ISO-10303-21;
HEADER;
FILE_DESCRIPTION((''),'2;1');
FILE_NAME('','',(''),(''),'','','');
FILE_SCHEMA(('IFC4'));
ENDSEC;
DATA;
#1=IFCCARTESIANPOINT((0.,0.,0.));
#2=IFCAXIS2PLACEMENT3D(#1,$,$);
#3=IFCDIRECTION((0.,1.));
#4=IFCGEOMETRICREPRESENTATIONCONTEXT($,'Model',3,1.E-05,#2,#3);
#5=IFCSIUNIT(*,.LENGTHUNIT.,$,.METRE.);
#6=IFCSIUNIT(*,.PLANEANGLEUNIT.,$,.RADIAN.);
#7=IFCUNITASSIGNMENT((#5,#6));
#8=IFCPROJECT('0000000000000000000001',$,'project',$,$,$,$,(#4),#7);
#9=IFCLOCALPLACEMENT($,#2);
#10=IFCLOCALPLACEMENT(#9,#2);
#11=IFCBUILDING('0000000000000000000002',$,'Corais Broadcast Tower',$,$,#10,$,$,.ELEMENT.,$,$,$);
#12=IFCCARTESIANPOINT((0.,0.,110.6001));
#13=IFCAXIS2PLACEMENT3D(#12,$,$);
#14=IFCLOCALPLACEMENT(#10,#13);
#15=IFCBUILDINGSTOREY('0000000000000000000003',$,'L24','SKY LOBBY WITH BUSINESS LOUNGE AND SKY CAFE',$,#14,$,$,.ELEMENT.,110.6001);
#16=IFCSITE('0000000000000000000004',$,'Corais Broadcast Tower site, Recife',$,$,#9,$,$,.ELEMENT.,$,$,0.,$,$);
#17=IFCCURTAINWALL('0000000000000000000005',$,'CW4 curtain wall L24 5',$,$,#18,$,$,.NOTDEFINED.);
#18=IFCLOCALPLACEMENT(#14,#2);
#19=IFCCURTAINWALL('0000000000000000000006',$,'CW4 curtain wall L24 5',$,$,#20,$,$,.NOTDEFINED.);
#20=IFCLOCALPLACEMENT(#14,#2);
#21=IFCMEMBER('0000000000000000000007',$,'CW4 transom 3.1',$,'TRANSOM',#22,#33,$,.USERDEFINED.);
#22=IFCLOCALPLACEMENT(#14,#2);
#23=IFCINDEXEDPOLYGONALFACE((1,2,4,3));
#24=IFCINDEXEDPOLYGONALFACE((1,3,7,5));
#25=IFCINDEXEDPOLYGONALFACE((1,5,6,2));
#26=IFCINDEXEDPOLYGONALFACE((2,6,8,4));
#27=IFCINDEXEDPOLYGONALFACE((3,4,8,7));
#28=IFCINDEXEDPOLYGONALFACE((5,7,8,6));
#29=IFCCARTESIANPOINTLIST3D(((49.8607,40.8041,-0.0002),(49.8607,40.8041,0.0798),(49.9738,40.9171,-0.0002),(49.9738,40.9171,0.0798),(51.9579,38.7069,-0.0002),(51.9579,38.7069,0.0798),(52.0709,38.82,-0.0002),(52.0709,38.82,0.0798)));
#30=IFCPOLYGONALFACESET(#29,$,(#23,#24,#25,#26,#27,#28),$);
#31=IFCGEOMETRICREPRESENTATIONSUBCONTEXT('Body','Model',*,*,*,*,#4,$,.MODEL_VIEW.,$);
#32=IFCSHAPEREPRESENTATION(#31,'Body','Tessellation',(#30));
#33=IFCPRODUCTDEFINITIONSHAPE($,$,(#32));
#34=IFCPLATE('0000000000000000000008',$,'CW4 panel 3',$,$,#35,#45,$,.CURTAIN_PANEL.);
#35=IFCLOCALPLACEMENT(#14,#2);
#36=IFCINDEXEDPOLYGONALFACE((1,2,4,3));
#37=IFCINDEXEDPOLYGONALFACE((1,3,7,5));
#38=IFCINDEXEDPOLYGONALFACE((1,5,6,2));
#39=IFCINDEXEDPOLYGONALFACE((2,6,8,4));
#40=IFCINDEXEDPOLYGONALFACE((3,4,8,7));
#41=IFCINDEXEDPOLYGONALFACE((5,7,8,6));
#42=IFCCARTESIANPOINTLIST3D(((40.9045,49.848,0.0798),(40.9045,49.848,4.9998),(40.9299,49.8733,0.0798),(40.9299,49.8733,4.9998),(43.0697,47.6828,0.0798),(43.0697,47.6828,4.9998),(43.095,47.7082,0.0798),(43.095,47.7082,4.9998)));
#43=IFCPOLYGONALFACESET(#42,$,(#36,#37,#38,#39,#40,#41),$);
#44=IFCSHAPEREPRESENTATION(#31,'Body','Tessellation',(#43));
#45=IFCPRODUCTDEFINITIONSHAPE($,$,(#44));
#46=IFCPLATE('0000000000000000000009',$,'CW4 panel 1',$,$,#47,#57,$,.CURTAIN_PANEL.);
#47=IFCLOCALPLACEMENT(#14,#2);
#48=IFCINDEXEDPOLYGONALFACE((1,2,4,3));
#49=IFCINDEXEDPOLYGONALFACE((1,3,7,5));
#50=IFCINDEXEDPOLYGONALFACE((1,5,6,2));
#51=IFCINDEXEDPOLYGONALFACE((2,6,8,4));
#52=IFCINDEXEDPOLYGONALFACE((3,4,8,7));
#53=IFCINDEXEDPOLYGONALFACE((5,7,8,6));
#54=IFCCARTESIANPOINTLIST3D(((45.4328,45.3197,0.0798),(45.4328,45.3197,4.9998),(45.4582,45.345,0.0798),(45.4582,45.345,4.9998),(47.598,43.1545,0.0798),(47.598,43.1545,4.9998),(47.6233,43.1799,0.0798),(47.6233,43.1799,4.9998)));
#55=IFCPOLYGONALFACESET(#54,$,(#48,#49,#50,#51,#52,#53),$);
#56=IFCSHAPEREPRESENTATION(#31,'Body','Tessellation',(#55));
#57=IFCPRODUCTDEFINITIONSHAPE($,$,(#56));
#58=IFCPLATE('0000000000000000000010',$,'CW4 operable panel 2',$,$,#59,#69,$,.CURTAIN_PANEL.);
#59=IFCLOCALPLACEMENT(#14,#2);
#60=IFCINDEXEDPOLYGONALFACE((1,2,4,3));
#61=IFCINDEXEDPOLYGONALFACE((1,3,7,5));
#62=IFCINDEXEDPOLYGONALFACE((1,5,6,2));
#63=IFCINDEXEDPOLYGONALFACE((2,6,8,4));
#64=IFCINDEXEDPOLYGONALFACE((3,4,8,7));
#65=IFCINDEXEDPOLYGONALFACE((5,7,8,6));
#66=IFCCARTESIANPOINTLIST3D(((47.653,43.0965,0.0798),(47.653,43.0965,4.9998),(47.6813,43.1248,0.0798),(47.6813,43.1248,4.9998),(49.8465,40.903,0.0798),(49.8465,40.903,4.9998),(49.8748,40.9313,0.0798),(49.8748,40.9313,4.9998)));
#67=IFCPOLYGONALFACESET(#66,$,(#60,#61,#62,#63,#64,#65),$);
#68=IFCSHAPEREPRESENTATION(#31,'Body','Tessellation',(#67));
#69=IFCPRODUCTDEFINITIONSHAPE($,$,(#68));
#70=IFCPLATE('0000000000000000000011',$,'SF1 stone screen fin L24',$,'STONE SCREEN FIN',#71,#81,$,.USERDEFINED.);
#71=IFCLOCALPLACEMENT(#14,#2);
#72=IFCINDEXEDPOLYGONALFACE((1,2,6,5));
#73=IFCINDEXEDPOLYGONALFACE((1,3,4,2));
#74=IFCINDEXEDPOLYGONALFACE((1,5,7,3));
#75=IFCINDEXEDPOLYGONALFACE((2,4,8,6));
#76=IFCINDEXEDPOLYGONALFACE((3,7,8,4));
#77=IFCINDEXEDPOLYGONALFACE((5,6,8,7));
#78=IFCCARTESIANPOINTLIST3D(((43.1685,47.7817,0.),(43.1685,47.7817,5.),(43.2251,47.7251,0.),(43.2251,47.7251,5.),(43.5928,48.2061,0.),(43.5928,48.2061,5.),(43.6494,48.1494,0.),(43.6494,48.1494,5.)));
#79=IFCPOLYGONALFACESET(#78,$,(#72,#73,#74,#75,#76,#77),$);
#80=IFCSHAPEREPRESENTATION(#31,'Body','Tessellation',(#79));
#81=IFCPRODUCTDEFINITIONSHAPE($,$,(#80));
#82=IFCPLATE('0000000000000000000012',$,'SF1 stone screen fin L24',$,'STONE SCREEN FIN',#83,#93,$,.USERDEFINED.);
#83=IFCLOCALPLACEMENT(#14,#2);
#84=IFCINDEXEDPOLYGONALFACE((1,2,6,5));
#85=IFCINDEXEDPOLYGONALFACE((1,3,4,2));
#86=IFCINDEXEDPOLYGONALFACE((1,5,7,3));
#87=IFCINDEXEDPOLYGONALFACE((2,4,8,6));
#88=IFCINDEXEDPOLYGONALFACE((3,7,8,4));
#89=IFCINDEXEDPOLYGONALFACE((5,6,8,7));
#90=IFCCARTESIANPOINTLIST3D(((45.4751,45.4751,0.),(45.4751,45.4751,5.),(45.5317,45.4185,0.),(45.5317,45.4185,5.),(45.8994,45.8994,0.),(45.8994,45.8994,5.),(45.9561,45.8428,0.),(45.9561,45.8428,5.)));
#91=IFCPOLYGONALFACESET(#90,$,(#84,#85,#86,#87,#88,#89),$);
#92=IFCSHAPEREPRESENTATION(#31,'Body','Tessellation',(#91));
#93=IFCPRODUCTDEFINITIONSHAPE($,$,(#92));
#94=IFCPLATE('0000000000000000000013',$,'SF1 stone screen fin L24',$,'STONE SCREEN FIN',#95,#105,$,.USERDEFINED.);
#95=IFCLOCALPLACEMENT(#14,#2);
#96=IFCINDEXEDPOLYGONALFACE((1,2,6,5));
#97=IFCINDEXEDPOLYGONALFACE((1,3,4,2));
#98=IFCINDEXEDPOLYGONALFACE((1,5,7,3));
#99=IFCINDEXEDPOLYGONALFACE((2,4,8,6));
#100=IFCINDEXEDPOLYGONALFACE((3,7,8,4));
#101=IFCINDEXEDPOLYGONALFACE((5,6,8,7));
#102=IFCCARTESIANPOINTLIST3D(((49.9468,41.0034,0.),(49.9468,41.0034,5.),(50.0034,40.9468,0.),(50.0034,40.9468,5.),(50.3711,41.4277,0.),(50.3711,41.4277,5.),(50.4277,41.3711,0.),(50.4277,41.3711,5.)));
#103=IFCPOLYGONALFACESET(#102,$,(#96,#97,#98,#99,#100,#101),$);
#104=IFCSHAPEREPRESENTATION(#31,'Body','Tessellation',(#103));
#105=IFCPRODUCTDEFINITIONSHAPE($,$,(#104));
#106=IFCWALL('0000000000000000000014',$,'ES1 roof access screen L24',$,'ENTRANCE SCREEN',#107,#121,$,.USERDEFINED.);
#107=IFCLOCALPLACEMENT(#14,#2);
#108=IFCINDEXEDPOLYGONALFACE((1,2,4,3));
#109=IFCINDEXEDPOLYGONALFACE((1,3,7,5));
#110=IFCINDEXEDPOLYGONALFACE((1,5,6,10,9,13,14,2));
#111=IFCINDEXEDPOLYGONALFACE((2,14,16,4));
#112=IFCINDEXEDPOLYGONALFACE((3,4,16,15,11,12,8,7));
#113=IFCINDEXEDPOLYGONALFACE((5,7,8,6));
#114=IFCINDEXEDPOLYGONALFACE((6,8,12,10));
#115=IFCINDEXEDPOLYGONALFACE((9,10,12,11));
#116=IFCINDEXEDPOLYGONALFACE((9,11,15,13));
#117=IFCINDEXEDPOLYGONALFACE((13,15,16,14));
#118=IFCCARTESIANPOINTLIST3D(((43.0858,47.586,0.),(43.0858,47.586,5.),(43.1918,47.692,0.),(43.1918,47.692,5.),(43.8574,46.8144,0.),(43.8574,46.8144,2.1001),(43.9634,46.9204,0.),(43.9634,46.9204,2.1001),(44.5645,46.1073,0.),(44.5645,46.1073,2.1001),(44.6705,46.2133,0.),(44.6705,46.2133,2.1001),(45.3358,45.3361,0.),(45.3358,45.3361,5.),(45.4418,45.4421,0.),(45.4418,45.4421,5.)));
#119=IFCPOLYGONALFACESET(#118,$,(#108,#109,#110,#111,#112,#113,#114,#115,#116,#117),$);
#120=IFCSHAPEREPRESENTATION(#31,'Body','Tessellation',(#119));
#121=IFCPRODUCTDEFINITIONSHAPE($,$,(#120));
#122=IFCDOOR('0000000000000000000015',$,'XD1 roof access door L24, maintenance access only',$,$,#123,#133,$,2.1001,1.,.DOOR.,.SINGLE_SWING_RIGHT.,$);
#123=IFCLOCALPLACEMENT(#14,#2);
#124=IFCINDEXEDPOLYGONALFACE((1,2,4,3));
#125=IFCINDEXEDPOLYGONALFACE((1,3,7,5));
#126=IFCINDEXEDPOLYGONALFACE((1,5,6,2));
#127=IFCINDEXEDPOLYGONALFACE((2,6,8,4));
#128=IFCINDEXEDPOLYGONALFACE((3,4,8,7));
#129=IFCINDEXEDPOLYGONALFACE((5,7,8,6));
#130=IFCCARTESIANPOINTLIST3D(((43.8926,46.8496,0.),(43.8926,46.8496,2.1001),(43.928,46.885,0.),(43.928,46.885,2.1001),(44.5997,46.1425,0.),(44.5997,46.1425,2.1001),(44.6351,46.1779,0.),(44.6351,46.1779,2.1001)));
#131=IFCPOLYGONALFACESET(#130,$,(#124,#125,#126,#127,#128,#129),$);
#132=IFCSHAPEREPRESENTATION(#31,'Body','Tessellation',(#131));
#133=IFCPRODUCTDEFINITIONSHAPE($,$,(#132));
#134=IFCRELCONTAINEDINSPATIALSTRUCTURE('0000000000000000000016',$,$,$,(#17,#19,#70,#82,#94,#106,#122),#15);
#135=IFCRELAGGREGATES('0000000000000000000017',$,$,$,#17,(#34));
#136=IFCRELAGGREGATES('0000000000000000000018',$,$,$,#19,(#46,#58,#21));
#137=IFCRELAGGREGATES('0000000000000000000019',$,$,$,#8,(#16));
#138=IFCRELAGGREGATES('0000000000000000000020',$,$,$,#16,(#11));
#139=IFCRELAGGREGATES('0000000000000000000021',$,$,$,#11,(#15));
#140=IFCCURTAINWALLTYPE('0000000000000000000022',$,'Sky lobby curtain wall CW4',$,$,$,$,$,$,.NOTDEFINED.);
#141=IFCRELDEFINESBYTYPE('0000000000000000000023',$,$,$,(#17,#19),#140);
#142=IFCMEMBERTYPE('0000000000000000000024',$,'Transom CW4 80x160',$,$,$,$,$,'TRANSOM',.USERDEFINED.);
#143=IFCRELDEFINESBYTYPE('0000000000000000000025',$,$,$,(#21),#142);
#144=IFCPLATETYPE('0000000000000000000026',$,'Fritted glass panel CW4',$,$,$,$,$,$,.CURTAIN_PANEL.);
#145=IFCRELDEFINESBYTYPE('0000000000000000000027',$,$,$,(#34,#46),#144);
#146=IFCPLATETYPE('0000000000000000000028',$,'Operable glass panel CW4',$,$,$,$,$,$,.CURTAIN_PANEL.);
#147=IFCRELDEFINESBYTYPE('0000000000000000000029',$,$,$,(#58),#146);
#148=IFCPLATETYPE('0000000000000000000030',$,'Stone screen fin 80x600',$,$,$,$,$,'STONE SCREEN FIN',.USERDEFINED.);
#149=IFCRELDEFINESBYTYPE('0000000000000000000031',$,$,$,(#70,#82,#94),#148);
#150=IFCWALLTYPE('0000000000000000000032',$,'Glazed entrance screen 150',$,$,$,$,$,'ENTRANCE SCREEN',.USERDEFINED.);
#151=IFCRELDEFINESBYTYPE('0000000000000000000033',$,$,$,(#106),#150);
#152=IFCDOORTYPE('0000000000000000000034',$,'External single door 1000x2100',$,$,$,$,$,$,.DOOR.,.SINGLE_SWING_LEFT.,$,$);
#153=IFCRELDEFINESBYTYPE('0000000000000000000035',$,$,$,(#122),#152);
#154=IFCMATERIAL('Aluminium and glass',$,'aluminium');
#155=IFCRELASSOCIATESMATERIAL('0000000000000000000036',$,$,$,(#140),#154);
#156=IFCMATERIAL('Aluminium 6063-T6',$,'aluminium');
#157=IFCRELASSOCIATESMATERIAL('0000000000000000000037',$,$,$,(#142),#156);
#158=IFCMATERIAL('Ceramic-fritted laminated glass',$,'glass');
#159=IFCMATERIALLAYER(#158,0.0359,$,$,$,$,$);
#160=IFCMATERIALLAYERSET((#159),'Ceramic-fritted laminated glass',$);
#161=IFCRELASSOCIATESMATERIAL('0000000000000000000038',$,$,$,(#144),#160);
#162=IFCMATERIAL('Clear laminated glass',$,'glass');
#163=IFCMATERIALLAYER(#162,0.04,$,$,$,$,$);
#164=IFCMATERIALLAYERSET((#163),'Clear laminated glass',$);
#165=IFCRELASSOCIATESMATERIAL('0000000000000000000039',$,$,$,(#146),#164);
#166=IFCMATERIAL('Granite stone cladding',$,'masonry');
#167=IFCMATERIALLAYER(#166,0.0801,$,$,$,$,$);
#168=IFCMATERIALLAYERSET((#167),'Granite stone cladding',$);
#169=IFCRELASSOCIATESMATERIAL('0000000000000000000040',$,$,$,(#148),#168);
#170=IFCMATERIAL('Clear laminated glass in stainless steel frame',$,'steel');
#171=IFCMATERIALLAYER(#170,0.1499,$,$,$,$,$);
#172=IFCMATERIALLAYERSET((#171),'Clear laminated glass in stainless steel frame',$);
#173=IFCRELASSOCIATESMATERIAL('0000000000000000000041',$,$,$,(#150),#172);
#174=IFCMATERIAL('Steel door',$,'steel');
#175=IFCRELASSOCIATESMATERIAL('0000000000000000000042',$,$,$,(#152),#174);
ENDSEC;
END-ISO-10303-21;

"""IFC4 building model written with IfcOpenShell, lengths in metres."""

from ifc_helpers import new_model, si_unit, direction, frame, frame_2d, origin, origin_2d, place, context, subcontext, project, spatial, rectangle, extrude, material, layer, layer_set, material_profile, profile_set, type_object, element, fill, aggregate, save


model = new_model("IFC4")

# Units and contexts
model_context = context("Model", 3, precision=1e-05, world=origin(), true_north=direction((0.0, 1.0)))
body_context = subcontext(model_context, "Body", "Model", "MODEL_VIEW")
ifc_project = project(units=[si_unit("LENGTHUNIT", "METRE"), si_unit("PLANEANGLEUNIT", "RADIAN")], contexts=[model_context])

# Site, building, storey
site_placement = place(None, origin())
site = spatial("IfcSite", under=ifc_project, at=site_placement, Name="Corais Broadcast Tower site, Recife", CompositionType="ELEMENT", RefElevation=0.0)
building_placement = place(site_placement, origin())
building = spatial("IfcBuilding", under=site, at=building_placement, Name="Corais Broadcast Tower", CompositionType="ELEMENT")
storey_placement = place(building_placement, frame((0.0, 0.0, 110.6001)))
storey = spatial("IfcBuildingStorey", under=building, at=storey_placement, Name="L24", Description="SKY LOBBY WITH BUSINESS LOUNGE AND SKY CAFE", CompositionType="ELEMENT", Elevation=110.6001)

# Curtain wall
ifc_material_1 = material(Name="Aluminium and glass", Category="aluminium")
curtain_wall_type = type_object("IfcCurtainWallType", Name="Sky lobby curtain wall CW4", PredefinedType="NOTDEFINED", material=ifc_material_1)
curtain_wall_1_placement = place(storey_placement, origin())
curtain_wall_1 = element("IfcCurtainWall", 1, at=curtain_wall_1_placement, inside=storey, type_object=curtain_wall_type, Name="CW4 curtain wall L24 5", PredefinedType="NOTDEFINED")

# Curtain wall
curtain_wall_2_placement = place(storey_placement, origin())
curtain_wall_2 = element("IfcCurtainWall", 2, at=curtain_wall_2_placement, inside=storey, type_object=curtain_wall_type, Name="CW4 curtain wall L24 5", PredefinedType="NOTDEFINED")

# Member
ifc_material_2 = material(Name="Aluminium 6063-T6", Category="aluminium")
ifc_material_profile_1 = material_profile(ifc_material_2, rectangle(XDim=0.1599, YDim=0.0801, at=origin_2d()), Name="Transom CW4 80x160")
ifc_profile_set_1 = profile_set([ifc_material_profile_1], Name="Aluminium 6063-T6")
member_type_1 = type_object("IfcMemberType", Name="Transom CW4 80x160", ElementType="TRANSOM", PredefinedType="USERDEFINED", material=ifc_profile_set_1)
member_1_placement = place(storey_placement, frame((49.9172, 40.8606, 0.0398), z_axis=(0.707107, -0.707107, 0.0), x_axis=(0.707107, 0.707107, 0.0)))
member_1 = element("IfcMember", 3, at=member_1_placement, type_object=member_type_1, Name="CW4 transom 3.1", ObjectType="TRANSOM", PredefinedType="USERDEFINED", context=body_context, shape_type="SweptSolid", body=[
    extrude(rectangle(XDim=0.1599, YDim=0.0801, at=origin_2d()), origin(), (0.0, 0.0, 1.0), 2.9658),
])

# Plates
ifc_material_3 = material(Name="Ceramic-fritted laminated glass", Category="glass")
ifc_layer_1 = layer(ifc_material_3, 0.0359)
ifc_layer_set_1 = layer_set([ifc_layer_1], Name="Ceramic-fritted laminated glass")
plate_type_1 = type_object("IfcPlateType", Name="Fritted glass panel CW4", PredefinedType="CURTAIN_PANEL", material=ifc_layer_set_1)
plate_1_placement = place(storey_placement, frame((41.9998, 48.7781, 0.0798), z_axis=(0.0, 0.0, 1.0), x_axis=(0.707107, -0.707107, 0.0)))
plate_1 = element("IfcPlate", 4, at=plate_1_placement, type_object=plate_type_1, Name="CW4 panel 3", PredefinedType="CURTAIN_PANEL", context=body_context, shape_type="SweptSolid", body=[
    extrude(rectangle(XDim=3.062, YDim=0.0359, at=origin_2d()), origin(), (0.0, 0.0, 1.0), 4.9199),
])
aggregate(curtain_wall_1, [plate_1])
plate_2_placement = place(storey_placement, frame((46.5281, 44.2498, 0.0798), z_axis=(0.0, 0.0, 1.0), x_axis=(0.707107, -0.707107, 0.0)))
plate_2 = element("IfcPlate", 5, at=plate_2_placement, type_object=plate_type_1, Name="CW4 panel 1", PredefinedType="CURTAIN_PANEL", context=body_context, shape_type="SweptSolid", body=[
    extrude(rectangle(XDim=3.062, YDim=0.0359, at=origin_2d()), origin(), (0.0, 0.0, 1.0), 4.9199),
])
ifc_material_4 = material(Name="Clear laminated glass", Category="glass")
ifc_layer_2 = layer(ifc_material_4, 0.04)
ifc_layer_set_2 = layer_set([ifc_layer_2], Name="Clear laminated glass")
plate_type_2 = type_object("IfcPlateType", Name="Operable glass panel CW4", PredefinedType="CURTAIN_PANEL", material=ifc_layer_set_2)
plate_3_placement = place(storey_placement, frame((48.7639, 42.0139, 0.0798), z_axis=(0.0, 0.0, 1.0), x_axis=(0.707107, -0.707107, 0.0)))
plate_3 = element("IfcPlate", 6, at=plate_3_placement, type_object=plate_type_2, Name="CW4 operable panel 2", PredefinedType="CURTAIN_PANEL", context=body_context, shape_type="SweptSolid", body=[
    extrude(rectangle(XDim=3.1021, YDim=0.04, at=origin_2d()), origin(), (0.0, 0.0, 1.0), 4.9199),
])
aggregate(curtain_wall_2, [plate_2, plate_3, member_1])

# Plates
ifc_material_5 = material(Name="Granite stone cladding", Category="masonry")
ifc_layer_3 = layer(ifc_material_5, 0.0801)
ifc_layer_set_3 = layer_set([ifc_layer_3], Name="Granite stone cladding")
plate_type_3 = type_object("IfcPlateType", Name="Stone screen fin 80x600", ElementType="STONE SCREEN FIN", PredefinedType="USERDEFINED", material=ifc_layer_set_3)
for number, where, z_axis, x_axis, name in (
    (7, (43.4089, 47.9656, 0.0), (0.0, 0.0, 1.0), (0.707107, -0.707107, 0.0), "SF1 stone screen fin L24"),
    (8, (45.7156, 45.6589, 0.0), (0.0, 0.0, 1.0), (0.707107, -0.707107, 0.0), "SF1 stone screen fin L24"),
    (9, (50.1873, 41.1873, 0.0), (0.0, 0.0, 1.0), (0.707107, -0.707107, 0.0), "SF1 stone screen fin L24"),
):
    element("IfcPlate", number, at=place(storey_placement, frame(where, z_axis=z_axis, x_axis=x_axis)), inside=storey, type_object=plate_type_3, Name=name, ObjectType="STONE SCREEN FIN", PredefinedType="USERDEFINED", context=body_context, shape_type="SweptSolid", body=[
        extrude(rectangle(XDim=0.0801, YDim=0.6001, at=origin_2d()), origin(), (0.0, 0.0, 1.0), 5.0),
    ])

# Wall, opening, door
ifc_material_6 = material(Name="Clear laminated glass in stainless steel frame", Category="steel")
ifc_layer_4 = layer(ifc_material_6, 0.1499)
ifc_layer_set_4 = layer_set([ifc_layer_4], Name="Clear laminated glass in stainless steel frame")
wall_type = type_object("IfcWallType", Name="Glazed entrance screen 150", ElementType="ENTRANCE SCREEN", PredefinedType="USERDEFINED", material=ifc_layer_set_4)
wall_placement = place(storey_placement, frame((43.1389, 47.6389, 0.0), z_axis=(0.0, 0.0, 1.0), x_axis=(0.707107, -0.707107, 0.0)))
wall = element("IfcWall", 10, at=wall_placement, inside=storey, type_object=wall_type, Name="ES1 roof access screen L24", ObjectType="ENTRANCE SCREEN", PredefinedType="USERDEFINED", context=body_context, shape_type="SweptSolid", body=[
    extrude(rectangle(XDim=3.1819, YDim=0.1499, at=frame_2d((1.5908, 0.0))), origin(), (0.0, 0.0, 1.0), 5.0),
])
opening_placement = place(wall_placement, frame((1.0911, 0.0, 0.0)))
opening = element("IfcOpeningElement", 11, at=opening_placement, cuts=wall, PredefinedType="OPENING", context=body_context, shape_type="SweptSolid", body=[
    extrude(rectangle(XDim=1.0, YDim=2.1001, at=frame_2d((0.5, 1.05))), frame((0.0, 0.085, 0.0), z_axis=(0.0, -1.0, 0.0), x_axis=(1.0, 0.0, 0.0)), (0.0, 0.0, 1.0), 0.1699),
])
ifc_material_7 = material(Name="Steel door", Category="steel")
door_type = type_object("IfcDoorType", Name="External single door 1000x2100", OperationType="SINGLE_SWING_LEFT", PredefinedType="DOOR", material=ifc_material_7)
door_placement = place(opening_placement, origin())
door = element("IfcDoor", 12, at=door_placement, inside=storey, type_object=door_type, Name="XD1 roof access door L24, maintenance access only", OperationType="SINGLE_SWING_RIGHT", OverallHeight=2.1001, OverallWidth=1.0, PredefinedType="DOOR", context=body_context, shape_type="SweptSolid", body=[
    extrude(rectangle(XDim=1.0, YDim=2.1001, at=frame_2d((0.5, 1.05))), frame((0.0, 0.0249, 0.0), z_axis=(0.0, -1.0, 0.0), x_axis=(1.0, 0.0, 0.0)), (0.0, 0.0, 1.0), 0.05),
])
fill(opening, door)

save(model, "model.ifc")
